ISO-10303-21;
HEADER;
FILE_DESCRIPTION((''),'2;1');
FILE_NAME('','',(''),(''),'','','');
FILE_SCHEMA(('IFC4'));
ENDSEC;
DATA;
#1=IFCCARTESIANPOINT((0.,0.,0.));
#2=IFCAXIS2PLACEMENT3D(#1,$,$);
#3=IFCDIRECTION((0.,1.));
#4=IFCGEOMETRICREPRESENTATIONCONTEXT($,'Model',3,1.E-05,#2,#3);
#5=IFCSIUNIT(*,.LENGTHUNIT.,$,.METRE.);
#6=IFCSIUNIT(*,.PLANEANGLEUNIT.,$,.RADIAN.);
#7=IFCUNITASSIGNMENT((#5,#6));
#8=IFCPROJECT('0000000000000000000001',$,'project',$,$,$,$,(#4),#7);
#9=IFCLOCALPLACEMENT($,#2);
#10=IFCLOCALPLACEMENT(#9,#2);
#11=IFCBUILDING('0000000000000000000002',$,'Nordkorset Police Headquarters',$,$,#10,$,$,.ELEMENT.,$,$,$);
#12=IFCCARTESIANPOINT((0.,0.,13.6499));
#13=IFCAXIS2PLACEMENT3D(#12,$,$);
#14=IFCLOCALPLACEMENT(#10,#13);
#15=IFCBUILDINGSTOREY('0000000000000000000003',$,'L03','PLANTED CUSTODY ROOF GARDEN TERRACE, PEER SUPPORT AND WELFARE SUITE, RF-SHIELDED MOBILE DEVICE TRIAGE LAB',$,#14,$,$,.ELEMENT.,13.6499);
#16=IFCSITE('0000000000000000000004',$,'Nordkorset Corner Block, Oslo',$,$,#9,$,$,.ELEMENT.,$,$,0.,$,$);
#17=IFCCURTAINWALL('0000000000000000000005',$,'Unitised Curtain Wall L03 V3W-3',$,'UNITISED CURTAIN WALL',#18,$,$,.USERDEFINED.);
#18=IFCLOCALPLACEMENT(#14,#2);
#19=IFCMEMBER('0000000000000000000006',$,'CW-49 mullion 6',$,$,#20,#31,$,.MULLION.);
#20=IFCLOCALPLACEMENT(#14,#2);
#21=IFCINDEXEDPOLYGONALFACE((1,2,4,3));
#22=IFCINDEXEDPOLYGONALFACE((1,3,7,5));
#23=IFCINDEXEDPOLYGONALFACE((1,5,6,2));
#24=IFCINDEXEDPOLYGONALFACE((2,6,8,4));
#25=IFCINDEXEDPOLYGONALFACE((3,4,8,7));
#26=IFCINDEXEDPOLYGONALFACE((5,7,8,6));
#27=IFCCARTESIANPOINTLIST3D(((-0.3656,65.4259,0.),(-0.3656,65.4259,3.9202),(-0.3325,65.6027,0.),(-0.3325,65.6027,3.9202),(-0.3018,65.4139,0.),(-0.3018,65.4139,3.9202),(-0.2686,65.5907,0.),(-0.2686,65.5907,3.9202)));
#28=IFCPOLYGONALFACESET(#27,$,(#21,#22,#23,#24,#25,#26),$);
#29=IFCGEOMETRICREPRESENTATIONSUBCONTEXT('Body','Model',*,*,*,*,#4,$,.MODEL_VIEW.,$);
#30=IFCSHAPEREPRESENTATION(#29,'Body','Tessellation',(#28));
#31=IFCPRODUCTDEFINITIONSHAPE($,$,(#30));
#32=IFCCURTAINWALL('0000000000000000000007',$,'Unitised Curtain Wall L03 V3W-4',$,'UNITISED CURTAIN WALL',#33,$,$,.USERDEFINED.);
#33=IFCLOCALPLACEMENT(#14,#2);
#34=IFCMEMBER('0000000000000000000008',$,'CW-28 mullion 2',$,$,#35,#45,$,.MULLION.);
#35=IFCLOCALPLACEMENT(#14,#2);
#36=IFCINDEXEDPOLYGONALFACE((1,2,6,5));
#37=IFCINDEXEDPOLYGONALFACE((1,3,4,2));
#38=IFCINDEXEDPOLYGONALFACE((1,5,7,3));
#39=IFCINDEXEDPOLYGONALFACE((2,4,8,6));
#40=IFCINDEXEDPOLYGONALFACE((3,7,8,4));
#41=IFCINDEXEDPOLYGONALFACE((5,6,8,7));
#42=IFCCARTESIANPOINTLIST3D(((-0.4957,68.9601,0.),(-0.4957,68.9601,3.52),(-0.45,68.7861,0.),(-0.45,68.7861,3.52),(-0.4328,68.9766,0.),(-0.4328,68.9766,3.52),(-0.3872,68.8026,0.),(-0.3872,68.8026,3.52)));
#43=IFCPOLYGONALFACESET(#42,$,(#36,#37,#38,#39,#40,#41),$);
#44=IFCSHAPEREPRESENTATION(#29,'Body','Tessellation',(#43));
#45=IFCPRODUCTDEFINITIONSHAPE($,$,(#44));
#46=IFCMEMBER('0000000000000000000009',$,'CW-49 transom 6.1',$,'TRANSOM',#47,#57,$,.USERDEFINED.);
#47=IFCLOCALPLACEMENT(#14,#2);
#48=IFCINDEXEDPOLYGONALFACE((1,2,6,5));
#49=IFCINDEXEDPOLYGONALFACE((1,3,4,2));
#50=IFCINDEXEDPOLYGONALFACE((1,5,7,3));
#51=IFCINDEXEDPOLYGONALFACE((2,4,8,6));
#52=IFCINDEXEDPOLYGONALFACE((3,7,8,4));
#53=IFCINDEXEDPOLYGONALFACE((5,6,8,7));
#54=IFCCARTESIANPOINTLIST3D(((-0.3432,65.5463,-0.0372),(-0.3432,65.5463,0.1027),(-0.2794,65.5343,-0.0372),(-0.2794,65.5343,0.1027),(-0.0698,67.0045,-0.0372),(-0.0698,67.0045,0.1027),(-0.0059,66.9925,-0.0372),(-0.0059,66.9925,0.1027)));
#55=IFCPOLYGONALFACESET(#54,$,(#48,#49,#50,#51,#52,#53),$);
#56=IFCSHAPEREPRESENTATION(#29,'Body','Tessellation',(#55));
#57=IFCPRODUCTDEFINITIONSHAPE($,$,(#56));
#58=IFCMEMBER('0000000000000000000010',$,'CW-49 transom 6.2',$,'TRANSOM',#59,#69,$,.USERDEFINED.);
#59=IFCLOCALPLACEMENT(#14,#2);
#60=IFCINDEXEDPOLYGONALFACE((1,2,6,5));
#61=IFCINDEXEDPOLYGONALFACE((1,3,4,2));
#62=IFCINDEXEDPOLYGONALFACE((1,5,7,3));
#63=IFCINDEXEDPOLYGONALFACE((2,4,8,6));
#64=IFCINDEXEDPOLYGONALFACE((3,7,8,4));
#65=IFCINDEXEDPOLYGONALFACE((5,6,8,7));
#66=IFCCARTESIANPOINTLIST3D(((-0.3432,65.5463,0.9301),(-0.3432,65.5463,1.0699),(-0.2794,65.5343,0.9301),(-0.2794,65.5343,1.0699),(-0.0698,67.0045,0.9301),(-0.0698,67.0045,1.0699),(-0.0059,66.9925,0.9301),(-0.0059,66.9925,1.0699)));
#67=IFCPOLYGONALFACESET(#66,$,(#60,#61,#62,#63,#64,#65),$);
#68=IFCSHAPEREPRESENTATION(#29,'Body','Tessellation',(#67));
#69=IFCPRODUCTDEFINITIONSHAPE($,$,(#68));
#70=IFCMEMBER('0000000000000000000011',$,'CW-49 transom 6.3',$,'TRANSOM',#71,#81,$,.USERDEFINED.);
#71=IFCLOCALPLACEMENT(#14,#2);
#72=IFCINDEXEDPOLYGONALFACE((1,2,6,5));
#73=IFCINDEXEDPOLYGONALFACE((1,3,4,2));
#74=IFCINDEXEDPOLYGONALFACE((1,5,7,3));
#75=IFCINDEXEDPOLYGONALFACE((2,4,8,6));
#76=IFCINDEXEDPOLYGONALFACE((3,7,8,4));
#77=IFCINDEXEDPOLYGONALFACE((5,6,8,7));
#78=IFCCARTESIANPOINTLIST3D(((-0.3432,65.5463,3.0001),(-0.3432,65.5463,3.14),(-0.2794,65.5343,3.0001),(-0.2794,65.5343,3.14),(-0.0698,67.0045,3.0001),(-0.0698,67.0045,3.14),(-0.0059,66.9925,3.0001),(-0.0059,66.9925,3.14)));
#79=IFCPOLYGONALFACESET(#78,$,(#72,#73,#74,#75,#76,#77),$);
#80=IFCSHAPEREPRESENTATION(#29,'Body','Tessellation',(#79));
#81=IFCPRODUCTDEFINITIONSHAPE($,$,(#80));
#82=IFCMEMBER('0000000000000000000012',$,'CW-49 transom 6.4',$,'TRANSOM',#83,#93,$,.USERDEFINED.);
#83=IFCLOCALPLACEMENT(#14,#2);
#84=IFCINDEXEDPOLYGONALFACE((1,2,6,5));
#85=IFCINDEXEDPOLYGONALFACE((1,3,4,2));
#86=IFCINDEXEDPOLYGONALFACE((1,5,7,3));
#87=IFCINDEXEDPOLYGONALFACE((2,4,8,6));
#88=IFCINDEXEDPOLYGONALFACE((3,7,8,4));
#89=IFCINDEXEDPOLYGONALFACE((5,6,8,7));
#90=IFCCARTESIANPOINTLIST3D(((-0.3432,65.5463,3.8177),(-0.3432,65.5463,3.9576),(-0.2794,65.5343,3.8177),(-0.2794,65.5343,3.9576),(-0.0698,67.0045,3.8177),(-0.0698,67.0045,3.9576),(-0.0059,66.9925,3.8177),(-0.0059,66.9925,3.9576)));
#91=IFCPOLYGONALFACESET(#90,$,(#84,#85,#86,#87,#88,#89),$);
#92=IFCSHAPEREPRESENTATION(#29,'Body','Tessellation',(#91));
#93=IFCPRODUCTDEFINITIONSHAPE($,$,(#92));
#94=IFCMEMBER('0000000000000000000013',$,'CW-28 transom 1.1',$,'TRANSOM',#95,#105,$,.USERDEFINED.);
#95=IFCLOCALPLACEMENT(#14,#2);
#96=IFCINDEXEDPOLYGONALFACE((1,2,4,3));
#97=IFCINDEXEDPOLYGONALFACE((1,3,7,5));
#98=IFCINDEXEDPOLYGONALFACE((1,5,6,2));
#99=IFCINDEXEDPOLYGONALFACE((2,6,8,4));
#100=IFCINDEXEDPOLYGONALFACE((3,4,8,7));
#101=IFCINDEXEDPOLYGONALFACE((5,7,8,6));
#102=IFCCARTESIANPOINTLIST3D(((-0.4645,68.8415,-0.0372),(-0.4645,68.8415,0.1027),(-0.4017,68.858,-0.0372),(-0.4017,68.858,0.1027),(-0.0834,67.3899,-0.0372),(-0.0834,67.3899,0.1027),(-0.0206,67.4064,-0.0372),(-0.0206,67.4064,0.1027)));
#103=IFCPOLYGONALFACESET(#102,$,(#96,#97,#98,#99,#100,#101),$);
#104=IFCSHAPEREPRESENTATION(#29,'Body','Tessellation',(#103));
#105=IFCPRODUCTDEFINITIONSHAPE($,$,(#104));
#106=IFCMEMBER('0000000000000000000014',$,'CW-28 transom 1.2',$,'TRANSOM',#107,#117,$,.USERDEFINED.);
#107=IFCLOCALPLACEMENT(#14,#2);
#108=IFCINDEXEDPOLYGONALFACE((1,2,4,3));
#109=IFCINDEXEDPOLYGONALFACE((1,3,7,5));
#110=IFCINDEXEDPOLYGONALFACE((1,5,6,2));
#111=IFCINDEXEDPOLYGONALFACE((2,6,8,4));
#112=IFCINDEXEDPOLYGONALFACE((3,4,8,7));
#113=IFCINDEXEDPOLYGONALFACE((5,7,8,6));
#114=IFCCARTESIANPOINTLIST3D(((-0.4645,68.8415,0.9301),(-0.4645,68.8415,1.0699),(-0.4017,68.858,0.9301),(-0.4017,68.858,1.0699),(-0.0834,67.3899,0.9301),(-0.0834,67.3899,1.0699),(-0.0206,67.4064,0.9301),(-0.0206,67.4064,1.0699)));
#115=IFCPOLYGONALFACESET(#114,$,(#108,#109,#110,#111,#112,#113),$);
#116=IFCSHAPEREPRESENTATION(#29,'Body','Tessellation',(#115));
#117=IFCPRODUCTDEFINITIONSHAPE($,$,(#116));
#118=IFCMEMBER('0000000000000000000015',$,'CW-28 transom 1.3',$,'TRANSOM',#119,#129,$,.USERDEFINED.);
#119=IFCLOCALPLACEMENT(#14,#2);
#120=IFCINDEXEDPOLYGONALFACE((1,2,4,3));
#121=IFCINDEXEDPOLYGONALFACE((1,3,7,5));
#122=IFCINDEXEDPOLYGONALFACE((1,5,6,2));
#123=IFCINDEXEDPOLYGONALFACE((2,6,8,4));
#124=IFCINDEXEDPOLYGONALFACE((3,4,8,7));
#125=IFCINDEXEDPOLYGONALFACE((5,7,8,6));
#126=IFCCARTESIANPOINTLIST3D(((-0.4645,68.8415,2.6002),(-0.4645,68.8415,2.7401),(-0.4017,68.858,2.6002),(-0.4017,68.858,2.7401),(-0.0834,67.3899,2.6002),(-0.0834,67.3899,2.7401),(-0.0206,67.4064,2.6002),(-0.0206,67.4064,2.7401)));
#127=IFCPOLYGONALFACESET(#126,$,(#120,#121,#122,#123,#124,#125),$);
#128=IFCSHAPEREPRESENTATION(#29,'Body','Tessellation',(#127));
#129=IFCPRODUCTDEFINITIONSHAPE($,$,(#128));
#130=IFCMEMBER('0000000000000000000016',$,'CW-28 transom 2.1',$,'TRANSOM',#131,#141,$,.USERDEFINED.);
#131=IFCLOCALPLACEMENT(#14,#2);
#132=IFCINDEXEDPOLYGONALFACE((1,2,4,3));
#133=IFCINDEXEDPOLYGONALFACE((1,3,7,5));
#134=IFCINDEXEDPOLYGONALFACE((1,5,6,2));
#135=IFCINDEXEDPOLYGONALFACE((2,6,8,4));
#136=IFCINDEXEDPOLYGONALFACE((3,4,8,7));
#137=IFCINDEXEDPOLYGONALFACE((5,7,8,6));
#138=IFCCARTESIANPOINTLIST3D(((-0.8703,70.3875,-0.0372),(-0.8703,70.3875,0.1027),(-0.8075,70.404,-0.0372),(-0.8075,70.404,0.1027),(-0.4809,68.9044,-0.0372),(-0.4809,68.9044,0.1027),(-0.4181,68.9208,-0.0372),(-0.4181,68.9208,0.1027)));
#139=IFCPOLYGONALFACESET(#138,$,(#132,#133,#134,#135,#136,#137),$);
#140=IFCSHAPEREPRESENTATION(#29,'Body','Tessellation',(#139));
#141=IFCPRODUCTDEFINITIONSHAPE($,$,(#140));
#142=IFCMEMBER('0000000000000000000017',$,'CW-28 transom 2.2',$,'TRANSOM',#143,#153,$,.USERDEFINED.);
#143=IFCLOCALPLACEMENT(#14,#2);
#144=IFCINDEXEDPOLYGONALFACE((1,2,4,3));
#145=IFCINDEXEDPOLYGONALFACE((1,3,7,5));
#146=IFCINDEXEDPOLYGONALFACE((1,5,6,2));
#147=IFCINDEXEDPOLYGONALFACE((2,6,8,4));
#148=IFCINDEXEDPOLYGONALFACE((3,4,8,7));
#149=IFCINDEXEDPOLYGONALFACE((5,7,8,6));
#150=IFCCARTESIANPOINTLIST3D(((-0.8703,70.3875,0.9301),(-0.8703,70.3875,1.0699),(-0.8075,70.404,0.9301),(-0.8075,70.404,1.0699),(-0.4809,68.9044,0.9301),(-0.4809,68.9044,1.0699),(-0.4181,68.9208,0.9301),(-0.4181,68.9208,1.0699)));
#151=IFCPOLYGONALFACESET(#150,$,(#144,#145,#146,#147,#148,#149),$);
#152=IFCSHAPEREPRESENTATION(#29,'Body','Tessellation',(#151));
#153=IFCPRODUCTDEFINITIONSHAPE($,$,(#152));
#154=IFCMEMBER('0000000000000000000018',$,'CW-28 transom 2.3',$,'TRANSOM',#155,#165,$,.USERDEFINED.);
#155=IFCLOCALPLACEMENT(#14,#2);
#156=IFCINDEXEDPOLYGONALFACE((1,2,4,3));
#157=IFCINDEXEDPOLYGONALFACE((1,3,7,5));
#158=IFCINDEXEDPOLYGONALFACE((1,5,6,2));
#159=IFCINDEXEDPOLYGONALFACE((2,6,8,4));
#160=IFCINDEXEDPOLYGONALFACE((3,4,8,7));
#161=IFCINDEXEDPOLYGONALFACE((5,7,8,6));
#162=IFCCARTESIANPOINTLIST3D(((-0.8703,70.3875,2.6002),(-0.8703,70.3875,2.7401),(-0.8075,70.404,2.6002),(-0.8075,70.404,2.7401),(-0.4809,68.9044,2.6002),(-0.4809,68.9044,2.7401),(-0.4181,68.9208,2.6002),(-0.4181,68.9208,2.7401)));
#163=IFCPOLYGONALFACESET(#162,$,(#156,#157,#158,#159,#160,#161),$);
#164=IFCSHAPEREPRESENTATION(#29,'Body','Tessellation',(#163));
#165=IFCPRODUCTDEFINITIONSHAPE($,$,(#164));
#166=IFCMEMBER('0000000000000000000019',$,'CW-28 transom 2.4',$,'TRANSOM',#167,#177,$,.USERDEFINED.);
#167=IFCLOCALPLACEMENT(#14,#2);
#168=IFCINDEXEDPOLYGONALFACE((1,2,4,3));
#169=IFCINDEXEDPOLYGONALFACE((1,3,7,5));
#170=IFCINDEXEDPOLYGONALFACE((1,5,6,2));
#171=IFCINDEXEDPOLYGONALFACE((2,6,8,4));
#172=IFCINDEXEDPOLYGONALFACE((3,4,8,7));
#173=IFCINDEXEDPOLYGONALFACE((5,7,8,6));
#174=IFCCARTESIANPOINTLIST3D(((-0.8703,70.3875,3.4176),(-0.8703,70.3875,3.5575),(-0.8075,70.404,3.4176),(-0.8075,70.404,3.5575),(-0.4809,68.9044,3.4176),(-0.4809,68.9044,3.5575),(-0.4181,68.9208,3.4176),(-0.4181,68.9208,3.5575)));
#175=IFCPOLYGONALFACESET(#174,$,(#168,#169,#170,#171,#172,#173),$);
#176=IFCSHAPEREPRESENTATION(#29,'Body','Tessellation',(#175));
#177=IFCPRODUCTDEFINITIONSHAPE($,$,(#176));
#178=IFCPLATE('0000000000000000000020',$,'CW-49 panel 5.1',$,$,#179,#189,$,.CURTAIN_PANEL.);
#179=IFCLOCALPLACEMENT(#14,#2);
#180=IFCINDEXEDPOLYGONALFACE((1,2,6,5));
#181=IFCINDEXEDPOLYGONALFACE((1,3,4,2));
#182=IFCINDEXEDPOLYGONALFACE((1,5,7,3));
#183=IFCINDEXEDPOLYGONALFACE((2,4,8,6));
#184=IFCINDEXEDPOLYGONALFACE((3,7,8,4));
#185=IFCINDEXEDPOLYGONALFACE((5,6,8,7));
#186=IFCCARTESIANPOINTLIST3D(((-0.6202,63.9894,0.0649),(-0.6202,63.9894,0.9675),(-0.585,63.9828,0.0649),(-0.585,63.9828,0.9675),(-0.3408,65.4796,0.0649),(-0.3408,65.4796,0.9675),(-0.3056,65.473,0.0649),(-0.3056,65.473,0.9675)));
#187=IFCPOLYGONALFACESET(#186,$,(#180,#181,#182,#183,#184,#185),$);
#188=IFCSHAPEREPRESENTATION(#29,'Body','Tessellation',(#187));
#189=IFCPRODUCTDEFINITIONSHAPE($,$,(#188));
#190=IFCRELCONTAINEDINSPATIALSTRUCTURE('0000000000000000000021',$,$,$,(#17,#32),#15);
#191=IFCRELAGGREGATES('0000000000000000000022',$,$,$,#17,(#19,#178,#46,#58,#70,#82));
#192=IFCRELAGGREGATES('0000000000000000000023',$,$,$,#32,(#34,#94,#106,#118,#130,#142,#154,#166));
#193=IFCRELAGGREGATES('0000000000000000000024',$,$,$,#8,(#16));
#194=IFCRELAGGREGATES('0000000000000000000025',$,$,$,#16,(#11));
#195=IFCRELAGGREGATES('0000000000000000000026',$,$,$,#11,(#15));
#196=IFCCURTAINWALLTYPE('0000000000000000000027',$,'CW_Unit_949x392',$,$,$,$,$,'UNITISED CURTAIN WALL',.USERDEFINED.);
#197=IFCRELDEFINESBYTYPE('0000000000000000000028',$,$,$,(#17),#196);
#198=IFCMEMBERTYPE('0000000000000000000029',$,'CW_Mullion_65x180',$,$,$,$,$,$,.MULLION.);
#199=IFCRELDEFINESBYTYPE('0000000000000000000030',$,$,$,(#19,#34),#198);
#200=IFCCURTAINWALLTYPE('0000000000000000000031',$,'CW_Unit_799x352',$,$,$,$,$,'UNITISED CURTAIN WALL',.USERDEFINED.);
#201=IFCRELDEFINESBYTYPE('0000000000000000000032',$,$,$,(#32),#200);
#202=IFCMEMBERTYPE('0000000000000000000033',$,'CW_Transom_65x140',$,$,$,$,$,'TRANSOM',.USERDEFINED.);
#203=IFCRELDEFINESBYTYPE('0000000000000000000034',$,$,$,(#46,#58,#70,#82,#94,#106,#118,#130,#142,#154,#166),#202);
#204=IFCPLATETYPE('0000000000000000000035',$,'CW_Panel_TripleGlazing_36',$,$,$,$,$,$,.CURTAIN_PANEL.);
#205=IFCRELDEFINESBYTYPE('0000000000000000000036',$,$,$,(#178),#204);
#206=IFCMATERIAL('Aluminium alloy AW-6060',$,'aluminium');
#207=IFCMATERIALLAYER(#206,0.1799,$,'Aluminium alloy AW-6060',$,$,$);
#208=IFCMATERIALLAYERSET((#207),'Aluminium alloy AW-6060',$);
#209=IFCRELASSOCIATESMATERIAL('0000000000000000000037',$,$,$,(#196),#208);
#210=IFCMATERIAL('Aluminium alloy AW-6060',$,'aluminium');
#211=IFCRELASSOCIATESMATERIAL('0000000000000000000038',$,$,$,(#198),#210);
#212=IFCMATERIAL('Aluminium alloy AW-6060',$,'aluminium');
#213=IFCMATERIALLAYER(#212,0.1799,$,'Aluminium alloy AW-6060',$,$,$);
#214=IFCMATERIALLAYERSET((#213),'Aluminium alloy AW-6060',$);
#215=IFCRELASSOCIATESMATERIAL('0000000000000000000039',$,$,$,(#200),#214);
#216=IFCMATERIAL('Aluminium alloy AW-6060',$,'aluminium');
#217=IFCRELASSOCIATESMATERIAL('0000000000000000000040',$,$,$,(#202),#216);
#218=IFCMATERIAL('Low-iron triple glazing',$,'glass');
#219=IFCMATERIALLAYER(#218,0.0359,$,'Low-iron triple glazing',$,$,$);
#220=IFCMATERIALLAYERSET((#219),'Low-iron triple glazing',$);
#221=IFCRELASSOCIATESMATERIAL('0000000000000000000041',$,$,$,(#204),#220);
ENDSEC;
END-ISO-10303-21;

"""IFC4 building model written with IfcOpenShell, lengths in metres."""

from ifc_helpers import new_model, si_unit, direction, frame, origin, origin_2d, place, context, subcontext, project, spatial, rectangle, extrude, material, layer, layer_set, material_profile, profile_set, type_object, element, aggregate, save


model = new_model("IFC4")

# Units and contexts
model_context = context("Model", 3, precision=1e-05, world=origin(), true_north=direction((0.0, 1.0)))
body_context = subcontext(model_context, "Body", "Model", "MODEL_VIEW")
ifc_project = project(units=[si_unit("LENGTHUNIT", "METRE"), si_unit("PLANEANGLEUNIT", "RADIAN")], contexts=[model_context])

# Site, building, storey
site_placement = place(None, origin())
site = spatial("IfcSite", under=ifc_project, at=site_placement, Name="Nordkorset Corner Block, Oslo", CompositionType="ELEMENT", RefElevation=0.0)
building_placement = place(site_placement, origin())
building = spatial("IfcBuilding", under=site, at=building_placement, Name="Nordkorset Police Headquarters", CompositionType="ELEMENT")
storey_placement = place(building_placement, frame((0.0, 0.0, 13.6499)))
storey = spatial("IfcBuildingStorey", under=building, at=storey_placement, Name="L03", Description="PLANTED CUSTODY ROOF GARDEN TERRACE, PEER SUPPORT AND WELFARE SUITE, RF-SHIELDED MOBILE DEVICE TRIAGE LAB", CompositionType="ELEMENT", Elevation=13.6499)

# Curtain walls, members
ifc_material_1 = material(Name="Aluminium alloy AW-6060", Category="aluminium")
ifc_layer_1 = layer(ifc_material_1, 0.1799, Name="Aluminium alloy AW-6060")
ifc_layer_set_1 = layer_set([ifc_layer_1], Name="Aluminium alloy AW-6060")
curtain_wall_type_1 = type_object("IfcCurtainWallType", Name="CW_Unit_949x392", ElementType="UNITISED CURTAIN WALL", PredefinedType="USERDEFINED", material=ifc_layer_set_1)
curtain_wall_1_placement = place(storey_placement, origin())
curtain_wall_1 = element("IfcCurtainWall", 1, at=curtain_wall_1_placement, inside=storey, type_object=curtain_wall_type_1, Name="Unitised Curtain Wall L03 V3W-3", ObjectType="UNITISED CURTAIN WALL", PredefinedType="USERDEFINED")
ifc_material_2 = material(Name="Aluminium alloy AW-6060", Category="aluminium")
ifc_material_profile_1 = material_profile(ifc_material_2, rectangle(XDim=0.0649, YDim=0.1799, at=origin_2d()), Name="ALU MULL 65x180")
ifc_profile_set_1 = profile_set([ifc_material_profile_1], Name="Aluminium alloy AW-6060")
member_type_1 = type_object("IfcMemberType", Name="CW_Mullion_65x180", PredefinedType="MULLION", material=ifc_profile_set_1)
member_1_placement = place(storey_placement, frame((-0.3171, 65.5083, 0.0), z_axis=(0.0, 0.0, 1.0), x_axis=(-0.982872, 0.184289, 0.0)))
member_1 = element("IfcMember", 2, at=member_1_placement, type_object=member_type_1, Name="CW-49 mullion 6", PredefinedType="MULLION", context=body_context, shape_type="SweptSolid", body=[
    extrude(rectangle(XDim=0.0649, YDim=0.1799, at=origin_2d()), origin(), (0.0, 0.0, 1.0), 3.9202),
])
ifc_material_3 = material(Name="Aluminium alloy AW-6060", Category="aluminium")
ifc_layer_2 = layer(ifc_material_3, 0.1799, Name="Aluminium alloy AW-6060")
ifc_layer_set_2 = layer_set([ifc_layer_2], Name="Aluminium alloy AW-6060")
curtain_wall_type_2 = type_object("IfcCurtainWallType", Name="CW_Unit_799x352", ElementType="UNITISED CURTAIN WALL", PredefinedType="USERDEFINED", material=ifc_layer_set_2)
curtain_wall_2_placement = place(storey_placement, origin())
curtain_wall_2 = element("IfcCurtainWall", 3, at=curtain_wall_2_placement, inside=storey, type_object=curtain_wall_type_2, Name="Unitised Curtain Wall L03 V3W-4", ObjectType="UNITISED CURTAIN WALL", PredefinedType="USERDEFINED")
member_2_placement = place(storey_placement, frame((-0.4414, 68.8813, 0.0), z_axis=(0.0, 0.0, 1.0), x_axis=(-0.967231, -0.253897, 0.0)))
member_2 = element("IfcMember", 4, at=member_2_placement, type_object=member_type_1, Name="CW-28 mullion 2", PredefinedType="MULLION", context=body_context, shape_type="SweptSolid", body=[
    extrude(rectangle(XDim=0.0649, YDim=0.1799, at=origin_2d()), origin(), (0.0, 0.0, 1.0), 3.52),
])

# Members
ifc_material_4 = material(Name="Aluminium alloy AW-6060", Category="aluminium")
ifc_material_profile_2 = material_profile(ifc_material_4, rectangle(XDim=0.0649, YDim=0.1399, at=origin_2d()), Name="ALU TRAN 65x140")
ifc_profile_set_2 = profile_set([ifc_material_profile_2], Name="Aluminium alloy AW-6060")
member_type_2 = type_object("IfcMemberType", Name="CW_Transom_65x140", ElementType="TRANSOM", PredefinedType="USERDEFINED", material=ifc_profile_set_2)
member_3_placement = place(storey_placement, frame((-0.3113, 65.5403, 0.0327), z_axis=(0.184298, 0.98287, 0.0), x_axis=(-0.98287, 0.184298, 0.0)))
member_3 = element("IfcMember", 5, at=member_3_placement, type_object=member_type_2, Name="CW-49 transom 6.1", ObjectType="TRANSOM", PredefinedType="USERDEFINED", context=body_context, shape_type="SweptSolid", body=[
    extrude(rectangle(XDim=0.0649, YDim=0.1399, at=origin_2d()), origin(), (0.0, 0.0, 1.0), 1.4836),
])
member_4_placement = place(storey_placement, frame((-0.3113, 65.5403, 1.0), z_axis=(0.184298, 0.98287, 0.0), x_axis=(-0.98287, 0.184298, 0.0)))
member_4 = element("IfcMember", 6, at=member_4_placement, type_object=member_type_2, Name="CW-49 transom 6.2", ObjectType="TRANSOM", PredefinedType="USERDEFINED", context=body_context, shape_type="SweptSolid", body=[
    extrude(rectangle(XDim=0.0649, YDim=0.1399, at=origin_2d()), origin(), (0.0, 0.0, 1.0), 1.4836),
])
member_5_placement = place(storey_placement, frame((-0.3113, 65.5403, 3.0701), z_axis=(0.184298, 0.98287, 0.0), x_axis=(-0.98287, 0.184298, 0.0)))
member_5 = element("IfcMember", 7, at=member_5_placement, type_object=member_type_2, Name="CW-49 transom 6.3", ObjectType="TRANSOM", PredefinedType="USERDEFINED", context=body_context, shape_type="SweptSolid", body=[
    extrude(rectangle(XDim=0.0649, YDim=0.1399, at=origin_2d()), origin(), (0.0, 0.0, 1.0), 1.4836),
])
member_6_placement = place(storey_placement, frame((-0.3113, 65.5403, 3.8877), z_axis=(0.184298, 0.98287, 0.0), x_axis=(-0.98287, 0.184298, 0.0)))
member_6 = element("IfcMember", 8, at=member_6_placement, type_object=member_type_2, Name="CW-49 transom 6.4", ObjectType="TRANSOM", PredefinedType="USERDEFINED", context=body_context, shape_type="SweptSolid", body=[
    extrude(rectangle(XDim=0.0649, YDim=0.1399, at=origin_2d()), origin(), (0.0, 0.0, 1.0), 1.4836),
])
member_7_placement = place(storey_placement, frame((-0.052, 67.3982, 0.0327), z_axis=(-0.253925, 0.967224, 0.0), x_axis=(-0.967224, -0.253925, 0.0)))
member_7 = element("IfcMember", 9, at=member_7_placement, type_object=member_type_2, Name="CW-28 transom 1.1", ObjectType="TRANSOM", PredefinedType="USERDEFINED", context=body_context, shape_type="SweptSolid", body=[
    extrude(rectangle(XDim=0.0649, YDim=0.1399, at=origin_2d()), origin(), (0.0, 0.0, 1.0), 1.5007),
])
member_8_placement = place(storey_placement, frame((-0.052, 67.3982, 1.0), z_axis=(-0.253925, 0.967224, 0.0), x_axis=(-0.967224, -0.253925, 0.0)))
member_8 = element("IfcMember", 10, at=member_8_placement, type_object=member_type_2, Name="CW-28 transom 1.2", ObjectType="TRANSOM", PredefinedType="USERDEFINED", context=body_context, shape_type="SweptSolid", body=[
    extrude(rectangle(XDim=0.0649, YDim=0.1399, at=origin_2d()), origin(), (0.0, 0.0, 1.0), 1.5007),
])
member_9_placement = place(storey_placement, frame((-0.052, 67.3982, 2.6702), z_axis=(-0.253925, 0.967224, 0.0), x_axis=(-0.967224, -0.253925, 0.0)))
member_9 = element("IfcMember", 11, at=member_9_placement, type_object=member_type_2, Name="CW-28 transom 1.3", ObjectType="TRANSOM", PredefinedType="USERDEFINED", context=body_context, shape_type="SweptSolid", body=[
    extrude(rectangle(XDim=0.0649, YDim=0.1399, at=origin_2d()), origin(), (0.0, 0.0, 1.0), 1.5007),
])
member_10_placement = place(storey_placement, frame((-0.4495, 68.9126, 0.0327), z_axis=(-0.253945, 0.967219, 0.0), x_axis=(-0.967219, -0.253945, 0.0)))
member_10 = element("IfcMember", 12, at=member_10_placement, type_object=member_type_2, Name="CW-28 transom 2.1", ObjectType="TRANSOM", PredefinedType="USERDEFINED", context=body_context, shape_type="SweptSolid", body=[
    extrude(rectangle(XDim=0.0649, YDim=0.1399, at=origin_2d()), origin(), (0.0, 0.0, 1.0), 1.5334),
])
member_11_placement = place(storey_placement, frame((-0.4495, 68.9126, 1.0), z_axis=(-0.253945, 0.967219, 0.0), x_axis=(-0.967219, -0.253945, 0.0)))
member_11 = element("IfcMember", 13, at=member_11_placement, type_object=member_type_2, Name="CW-28 transom 2.2", ObjectType="TRANSOM", PredefinedType="USERDEFINED", context=body_context, shape_type="SweptSolid", body=[
    extrude(rectangle(XDim=0.0649, YDim=0.1399, at=origin_2d()), origin(), (0.0, 0.0, 1.0), 1.5334),
])
member_12_placement = place(storey_placement, frame((-0.4495, 68.9126, 2.6702), z_axis=(-0.253945, 0.967219, 0.0), x_axis=(-0.967219, -0.253945, 0.0)))
member_12 = element("IfcMember", 14, at=member_12_placement, type_object=member_type_2, Name="CW-28 transom 2.3", ObjectType="TRANSOM", PredefinedType="USERDEFINED", context=body_context, shape_type="SweptSolid", body=[
    extrude(rectangle(XDim=0.0649, YDim=0.1399, at=origin_2d()), origin(), (0.0, 0.0, 1.0), 1.5334),
])
member_13_placement = place(storey_placement, frame((-0.4495, 68.9126, 3.4875), z_axis=(-0.253945, 0.967219, 0.0), x_axis=(-0.967219, -0.253945, 0.0)))
member_13 = element("IfcMember", 15, at=member_13_placement, type_object=member_type_2, Name="CW-28 transom 2.4", ObjectType="TRANSOM", PredefinedType="USERDEFINED", context=body_context, shape_type="SweptSolid", body=[
    extrude(rectangle(XDim=0.0649, YDim=0.1399, at=origin_2d()), origin(), (0.0, 0.0, 1.0), 1.5334),
])

# Plate
ifc_material_5 = material(Name="Low-iron triple glazing", Category="glass")
ifc_layer_3 = layer(ifc_material_5, 0.0359, Name="Low-iron triple glazing")
ifc_layer_set_3 = layer_set([ifc_layer_3], Name="Low-iron triple glazing")
plate_type = type_object("IfcPlateType", Name="CW_Panel_TripleGlazing_36", PredefinedType="CURTAIN_PANEL", material=ifc_layer_set_3)
plate_1_placement = place(storey_placement, frame((-0.4629, 64.7312, 0.0649), z_axis=(0.0, 0.0, 1.0), x_axis=(0.184289, 0.982872, 0.0)))
plate_1 = element("IfcPlate", 16, at=plate_1_placement, type_object=plate_type, Name="CW-49 panel 5.1", PredefinedType="CURTAIN_PANEL", context=body_context, shape_type="SweptSolid", body=[
    extrude(rectangle(XDim=1.5161, YDim=0.0359, at=origin_2d()), origin(), (0.0, 0.0, 1.0), 0.9026),
])
aggregate(curtain_wall_1, [member_1, plate_1, member_3, member_4, member_5, member_6])
aggregate(curtain_wall_2, [member_2, member_7, member_8, member_9, member_10, member_11, member_12, member_13])

save(model, "model.ifc")
